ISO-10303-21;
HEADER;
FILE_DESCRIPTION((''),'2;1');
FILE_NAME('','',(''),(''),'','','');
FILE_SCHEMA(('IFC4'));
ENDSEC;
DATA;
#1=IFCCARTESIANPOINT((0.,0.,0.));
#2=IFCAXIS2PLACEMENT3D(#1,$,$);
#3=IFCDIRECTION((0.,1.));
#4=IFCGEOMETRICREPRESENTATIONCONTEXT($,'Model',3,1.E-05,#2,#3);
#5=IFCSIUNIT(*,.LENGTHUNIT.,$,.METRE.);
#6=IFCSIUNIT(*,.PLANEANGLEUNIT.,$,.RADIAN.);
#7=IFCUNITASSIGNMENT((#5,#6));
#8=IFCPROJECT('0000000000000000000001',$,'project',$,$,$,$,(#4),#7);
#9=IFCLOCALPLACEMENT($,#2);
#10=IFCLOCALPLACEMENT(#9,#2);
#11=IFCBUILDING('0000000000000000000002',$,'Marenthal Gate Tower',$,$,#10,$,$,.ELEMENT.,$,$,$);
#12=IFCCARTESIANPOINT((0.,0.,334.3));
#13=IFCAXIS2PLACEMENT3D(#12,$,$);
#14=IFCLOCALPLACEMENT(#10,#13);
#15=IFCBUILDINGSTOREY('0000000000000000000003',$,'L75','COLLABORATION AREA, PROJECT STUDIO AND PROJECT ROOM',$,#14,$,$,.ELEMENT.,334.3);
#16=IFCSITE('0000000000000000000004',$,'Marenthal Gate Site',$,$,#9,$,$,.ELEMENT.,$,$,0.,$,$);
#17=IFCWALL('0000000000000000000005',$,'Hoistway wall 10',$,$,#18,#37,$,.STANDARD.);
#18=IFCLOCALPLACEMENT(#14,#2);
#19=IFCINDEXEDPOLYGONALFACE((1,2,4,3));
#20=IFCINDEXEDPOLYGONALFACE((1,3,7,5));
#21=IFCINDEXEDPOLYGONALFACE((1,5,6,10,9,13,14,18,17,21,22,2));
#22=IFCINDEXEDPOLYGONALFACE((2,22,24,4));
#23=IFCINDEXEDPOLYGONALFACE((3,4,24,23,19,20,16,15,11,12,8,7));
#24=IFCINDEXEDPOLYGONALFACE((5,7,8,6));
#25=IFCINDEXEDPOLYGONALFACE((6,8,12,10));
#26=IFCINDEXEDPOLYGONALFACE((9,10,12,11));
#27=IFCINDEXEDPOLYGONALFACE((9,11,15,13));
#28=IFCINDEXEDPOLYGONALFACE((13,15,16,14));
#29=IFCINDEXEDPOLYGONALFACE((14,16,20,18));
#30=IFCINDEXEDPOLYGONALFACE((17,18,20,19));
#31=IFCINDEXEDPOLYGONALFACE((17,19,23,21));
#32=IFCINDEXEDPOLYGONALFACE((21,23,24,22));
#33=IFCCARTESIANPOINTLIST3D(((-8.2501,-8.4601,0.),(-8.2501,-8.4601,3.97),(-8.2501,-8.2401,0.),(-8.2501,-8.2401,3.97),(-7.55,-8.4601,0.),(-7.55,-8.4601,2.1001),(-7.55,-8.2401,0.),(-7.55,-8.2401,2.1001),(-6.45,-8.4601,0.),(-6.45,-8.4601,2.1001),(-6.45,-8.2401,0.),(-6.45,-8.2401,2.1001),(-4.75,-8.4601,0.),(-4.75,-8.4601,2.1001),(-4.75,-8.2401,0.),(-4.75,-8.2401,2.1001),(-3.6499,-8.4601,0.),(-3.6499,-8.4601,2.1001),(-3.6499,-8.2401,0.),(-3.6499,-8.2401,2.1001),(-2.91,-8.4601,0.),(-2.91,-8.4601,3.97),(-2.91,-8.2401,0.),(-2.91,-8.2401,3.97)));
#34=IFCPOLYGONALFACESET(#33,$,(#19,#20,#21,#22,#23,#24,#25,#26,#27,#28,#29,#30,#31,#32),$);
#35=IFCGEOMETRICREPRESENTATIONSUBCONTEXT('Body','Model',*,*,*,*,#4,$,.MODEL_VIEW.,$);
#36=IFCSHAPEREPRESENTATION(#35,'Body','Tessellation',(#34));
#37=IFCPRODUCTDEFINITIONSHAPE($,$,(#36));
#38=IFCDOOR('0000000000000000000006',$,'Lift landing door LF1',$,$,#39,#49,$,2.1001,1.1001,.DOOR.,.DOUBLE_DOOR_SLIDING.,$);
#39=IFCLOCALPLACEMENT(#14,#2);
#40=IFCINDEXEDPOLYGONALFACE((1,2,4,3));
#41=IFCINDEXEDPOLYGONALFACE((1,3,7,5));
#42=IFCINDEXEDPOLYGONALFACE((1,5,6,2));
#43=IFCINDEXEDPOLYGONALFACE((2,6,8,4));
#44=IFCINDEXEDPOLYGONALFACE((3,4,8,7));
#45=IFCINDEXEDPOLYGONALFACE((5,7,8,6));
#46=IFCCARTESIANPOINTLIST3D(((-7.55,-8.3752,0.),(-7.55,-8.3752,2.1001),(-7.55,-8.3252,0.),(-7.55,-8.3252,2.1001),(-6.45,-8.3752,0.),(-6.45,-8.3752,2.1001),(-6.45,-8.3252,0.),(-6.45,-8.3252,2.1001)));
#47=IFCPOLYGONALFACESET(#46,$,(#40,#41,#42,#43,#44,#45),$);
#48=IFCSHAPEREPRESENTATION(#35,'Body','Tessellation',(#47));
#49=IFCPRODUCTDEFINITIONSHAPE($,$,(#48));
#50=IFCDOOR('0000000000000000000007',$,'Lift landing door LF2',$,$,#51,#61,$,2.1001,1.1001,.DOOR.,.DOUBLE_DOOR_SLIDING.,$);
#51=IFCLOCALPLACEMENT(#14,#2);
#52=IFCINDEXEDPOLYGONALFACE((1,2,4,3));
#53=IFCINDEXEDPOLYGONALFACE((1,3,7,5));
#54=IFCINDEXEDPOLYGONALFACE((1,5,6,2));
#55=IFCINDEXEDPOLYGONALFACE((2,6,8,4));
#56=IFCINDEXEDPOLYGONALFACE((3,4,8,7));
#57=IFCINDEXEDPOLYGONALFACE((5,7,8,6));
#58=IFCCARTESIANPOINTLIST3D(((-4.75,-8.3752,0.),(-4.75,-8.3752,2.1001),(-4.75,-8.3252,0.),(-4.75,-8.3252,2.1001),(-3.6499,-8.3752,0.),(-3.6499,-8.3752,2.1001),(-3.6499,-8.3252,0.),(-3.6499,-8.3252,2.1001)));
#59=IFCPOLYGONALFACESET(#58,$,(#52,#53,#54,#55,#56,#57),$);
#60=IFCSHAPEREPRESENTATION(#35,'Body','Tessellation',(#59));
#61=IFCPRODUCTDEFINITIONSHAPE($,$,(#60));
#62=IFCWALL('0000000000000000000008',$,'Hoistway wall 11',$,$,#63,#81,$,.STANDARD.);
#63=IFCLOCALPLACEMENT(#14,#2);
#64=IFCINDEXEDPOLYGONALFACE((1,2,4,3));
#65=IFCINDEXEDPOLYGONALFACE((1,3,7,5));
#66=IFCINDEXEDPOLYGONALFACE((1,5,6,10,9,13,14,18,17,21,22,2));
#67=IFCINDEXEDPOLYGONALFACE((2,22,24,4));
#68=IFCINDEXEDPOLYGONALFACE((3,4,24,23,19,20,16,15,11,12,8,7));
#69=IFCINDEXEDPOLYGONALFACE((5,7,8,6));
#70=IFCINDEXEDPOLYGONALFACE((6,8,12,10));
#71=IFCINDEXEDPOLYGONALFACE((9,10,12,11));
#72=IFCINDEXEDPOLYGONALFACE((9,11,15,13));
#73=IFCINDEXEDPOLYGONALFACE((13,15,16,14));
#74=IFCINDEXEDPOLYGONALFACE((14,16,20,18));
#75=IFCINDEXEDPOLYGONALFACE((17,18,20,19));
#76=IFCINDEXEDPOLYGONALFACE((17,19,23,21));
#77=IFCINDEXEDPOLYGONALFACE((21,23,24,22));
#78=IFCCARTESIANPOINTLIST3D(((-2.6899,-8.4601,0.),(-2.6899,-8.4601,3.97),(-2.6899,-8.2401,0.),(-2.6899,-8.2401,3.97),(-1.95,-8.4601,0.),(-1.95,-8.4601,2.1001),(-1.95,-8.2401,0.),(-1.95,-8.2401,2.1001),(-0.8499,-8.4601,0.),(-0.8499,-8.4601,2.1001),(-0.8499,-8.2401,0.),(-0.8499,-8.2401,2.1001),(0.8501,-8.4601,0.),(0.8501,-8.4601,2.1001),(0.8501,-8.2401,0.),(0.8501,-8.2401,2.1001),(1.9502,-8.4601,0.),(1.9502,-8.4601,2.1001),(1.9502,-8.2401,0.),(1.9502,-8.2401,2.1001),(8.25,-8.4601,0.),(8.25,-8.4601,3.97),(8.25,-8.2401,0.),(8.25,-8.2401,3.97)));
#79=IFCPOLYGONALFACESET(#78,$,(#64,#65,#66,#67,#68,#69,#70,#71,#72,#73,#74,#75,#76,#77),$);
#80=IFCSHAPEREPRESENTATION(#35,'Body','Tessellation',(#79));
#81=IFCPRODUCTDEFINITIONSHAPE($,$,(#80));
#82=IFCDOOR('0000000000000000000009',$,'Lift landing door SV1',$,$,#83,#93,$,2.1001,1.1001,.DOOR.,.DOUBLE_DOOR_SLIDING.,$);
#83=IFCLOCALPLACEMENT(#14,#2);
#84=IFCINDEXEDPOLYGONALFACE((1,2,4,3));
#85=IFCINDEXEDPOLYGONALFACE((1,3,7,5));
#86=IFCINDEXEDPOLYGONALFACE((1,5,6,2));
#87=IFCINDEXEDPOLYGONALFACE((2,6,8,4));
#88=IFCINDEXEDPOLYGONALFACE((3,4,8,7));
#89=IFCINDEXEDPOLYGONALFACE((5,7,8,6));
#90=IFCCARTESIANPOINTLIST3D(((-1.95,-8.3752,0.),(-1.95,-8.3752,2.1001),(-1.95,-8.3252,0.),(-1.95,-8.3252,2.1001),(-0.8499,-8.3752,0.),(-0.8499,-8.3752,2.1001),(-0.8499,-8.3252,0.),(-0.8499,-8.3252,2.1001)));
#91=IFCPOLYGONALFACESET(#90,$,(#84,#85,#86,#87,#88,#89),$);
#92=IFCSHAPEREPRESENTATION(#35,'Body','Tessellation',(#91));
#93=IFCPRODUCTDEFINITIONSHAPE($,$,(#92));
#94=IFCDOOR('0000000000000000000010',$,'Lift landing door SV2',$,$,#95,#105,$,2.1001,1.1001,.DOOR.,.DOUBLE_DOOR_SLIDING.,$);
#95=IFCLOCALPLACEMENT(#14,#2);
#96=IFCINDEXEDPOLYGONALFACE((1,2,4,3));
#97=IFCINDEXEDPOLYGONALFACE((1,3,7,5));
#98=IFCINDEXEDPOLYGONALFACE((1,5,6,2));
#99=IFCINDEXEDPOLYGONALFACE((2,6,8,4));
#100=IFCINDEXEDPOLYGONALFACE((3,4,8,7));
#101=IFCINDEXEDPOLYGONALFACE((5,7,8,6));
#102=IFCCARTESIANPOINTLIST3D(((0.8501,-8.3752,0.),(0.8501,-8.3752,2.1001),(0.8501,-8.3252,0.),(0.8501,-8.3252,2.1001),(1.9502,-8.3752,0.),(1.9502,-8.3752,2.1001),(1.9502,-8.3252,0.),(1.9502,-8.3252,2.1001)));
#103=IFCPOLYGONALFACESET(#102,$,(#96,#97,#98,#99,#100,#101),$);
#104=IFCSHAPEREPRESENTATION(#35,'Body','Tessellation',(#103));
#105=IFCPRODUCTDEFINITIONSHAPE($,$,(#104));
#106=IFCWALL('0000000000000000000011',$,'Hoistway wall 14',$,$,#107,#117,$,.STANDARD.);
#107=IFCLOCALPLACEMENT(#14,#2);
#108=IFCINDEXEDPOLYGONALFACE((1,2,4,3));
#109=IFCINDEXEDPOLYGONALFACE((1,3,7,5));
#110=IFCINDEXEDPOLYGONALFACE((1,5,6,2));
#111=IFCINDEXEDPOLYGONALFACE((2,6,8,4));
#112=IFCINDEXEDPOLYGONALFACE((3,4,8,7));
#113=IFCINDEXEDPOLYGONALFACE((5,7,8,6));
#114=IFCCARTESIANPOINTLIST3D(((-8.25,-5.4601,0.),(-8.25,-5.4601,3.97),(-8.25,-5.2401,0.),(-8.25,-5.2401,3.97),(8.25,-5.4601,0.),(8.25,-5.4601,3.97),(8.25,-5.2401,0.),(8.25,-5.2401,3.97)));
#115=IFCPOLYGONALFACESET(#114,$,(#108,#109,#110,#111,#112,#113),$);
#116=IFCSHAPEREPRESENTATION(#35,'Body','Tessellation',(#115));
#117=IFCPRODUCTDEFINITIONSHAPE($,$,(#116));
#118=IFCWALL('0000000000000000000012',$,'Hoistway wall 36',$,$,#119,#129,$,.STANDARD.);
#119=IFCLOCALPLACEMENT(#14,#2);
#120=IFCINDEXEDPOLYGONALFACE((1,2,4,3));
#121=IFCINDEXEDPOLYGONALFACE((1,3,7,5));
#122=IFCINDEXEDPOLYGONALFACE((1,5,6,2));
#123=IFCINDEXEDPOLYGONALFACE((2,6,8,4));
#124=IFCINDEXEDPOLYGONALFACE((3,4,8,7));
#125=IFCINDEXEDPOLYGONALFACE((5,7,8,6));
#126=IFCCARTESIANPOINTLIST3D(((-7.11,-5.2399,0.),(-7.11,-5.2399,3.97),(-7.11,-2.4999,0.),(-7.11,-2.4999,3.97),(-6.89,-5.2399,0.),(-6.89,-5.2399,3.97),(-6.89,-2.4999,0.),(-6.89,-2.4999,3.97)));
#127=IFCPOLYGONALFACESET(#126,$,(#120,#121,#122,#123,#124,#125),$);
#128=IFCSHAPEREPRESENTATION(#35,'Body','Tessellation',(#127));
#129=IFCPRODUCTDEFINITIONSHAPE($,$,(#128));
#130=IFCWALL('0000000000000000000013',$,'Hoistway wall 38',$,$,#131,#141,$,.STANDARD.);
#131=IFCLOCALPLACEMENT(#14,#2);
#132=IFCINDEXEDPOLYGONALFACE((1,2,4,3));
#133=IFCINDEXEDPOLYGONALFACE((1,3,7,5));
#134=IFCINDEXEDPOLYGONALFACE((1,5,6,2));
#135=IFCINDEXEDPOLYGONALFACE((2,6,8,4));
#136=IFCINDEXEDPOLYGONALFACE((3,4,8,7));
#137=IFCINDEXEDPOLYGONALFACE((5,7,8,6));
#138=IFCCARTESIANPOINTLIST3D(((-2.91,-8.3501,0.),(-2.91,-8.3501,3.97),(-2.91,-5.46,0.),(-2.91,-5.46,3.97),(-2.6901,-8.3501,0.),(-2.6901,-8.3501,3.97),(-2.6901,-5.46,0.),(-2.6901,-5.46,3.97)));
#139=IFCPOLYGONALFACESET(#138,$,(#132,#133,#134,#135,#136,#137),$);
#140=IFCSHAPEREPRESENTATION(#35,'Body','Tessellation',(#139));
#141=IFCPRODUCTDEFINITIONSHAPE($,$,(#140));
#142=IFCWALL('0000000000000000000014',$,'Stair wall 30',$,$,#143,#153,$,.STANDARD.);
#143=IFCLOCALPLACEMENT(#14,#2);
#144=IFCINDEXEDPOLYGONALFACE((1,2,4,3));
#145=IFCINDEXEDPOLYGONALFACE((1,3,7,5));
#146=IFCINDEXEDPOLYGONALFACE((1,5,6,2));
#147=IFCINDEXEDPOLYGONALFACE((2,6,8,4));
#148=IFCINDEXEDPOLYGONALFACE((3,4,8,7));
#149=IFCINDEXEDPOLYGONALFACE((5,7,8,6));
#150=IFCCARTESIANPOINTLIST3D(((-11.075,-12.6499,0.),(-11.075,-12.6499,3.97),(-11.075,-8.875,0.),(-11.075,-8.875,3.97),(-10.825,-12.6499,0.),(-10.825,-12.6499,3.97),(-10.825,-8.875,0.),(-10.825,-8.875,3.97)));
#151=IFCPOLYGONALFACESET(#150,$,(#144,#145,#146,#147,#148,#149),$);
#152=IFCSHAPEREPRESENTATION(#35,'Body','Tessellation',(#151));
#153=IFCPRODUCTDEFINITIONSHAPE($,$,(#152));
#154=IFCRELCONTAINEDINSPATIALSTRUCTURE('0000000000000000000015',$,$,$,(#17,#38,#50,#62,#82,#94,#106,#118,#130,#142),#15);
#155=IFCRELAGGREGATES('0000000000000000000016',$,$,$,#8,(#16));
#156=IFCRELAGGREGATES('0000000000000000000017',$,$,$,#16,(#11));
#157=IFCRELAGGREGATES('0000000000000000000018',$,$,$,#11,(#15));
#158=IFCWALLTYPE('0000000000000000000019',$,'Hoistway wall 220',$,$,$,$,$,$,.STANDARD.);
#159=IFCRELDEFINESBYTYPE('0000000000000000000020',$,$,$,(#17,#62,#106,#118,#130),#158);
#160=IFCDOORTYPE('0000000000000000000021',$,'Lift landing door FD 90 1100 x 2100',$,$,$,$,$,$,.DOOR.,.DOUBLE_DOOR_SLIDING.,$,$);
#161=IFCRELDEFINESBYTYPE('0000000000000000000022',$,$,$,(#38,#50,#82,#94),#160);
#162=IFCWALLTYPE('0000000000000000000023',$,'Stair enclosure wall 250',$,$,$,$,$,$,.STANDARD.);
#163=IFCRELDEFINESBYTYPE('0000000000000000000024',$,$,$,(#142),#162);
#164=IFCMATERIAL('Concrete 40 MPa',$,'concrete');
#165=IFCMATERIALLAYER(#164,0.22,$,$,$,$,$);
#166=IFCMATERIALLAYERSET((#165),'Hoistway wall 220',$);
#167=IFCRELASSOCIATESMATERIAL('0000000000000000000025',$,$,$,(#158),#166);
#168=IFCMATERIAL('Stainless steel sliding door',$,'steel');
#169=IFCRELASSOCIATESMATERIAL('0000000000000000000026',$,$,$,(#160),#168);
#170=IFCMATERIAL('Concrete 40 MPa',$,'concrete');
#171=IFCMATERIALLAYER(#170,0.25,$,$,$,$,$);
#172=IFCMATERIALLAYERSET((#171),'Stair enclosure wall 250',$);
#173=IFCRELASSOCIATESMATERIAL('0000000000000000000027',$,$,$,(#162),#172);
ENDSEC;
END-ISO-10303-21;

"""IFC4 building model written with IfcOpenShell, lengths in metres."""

from ifc_helpers import new_model, si_unit, direction, frame, frame_2d, origin, place, context, subcontext, project, spatial, rectangle, extrude, material, layer, layer_set, type_object, element, fill, save


model = new_model("IFC4")

# Units and contexts
model_context = context("Model", 3, precision=1e-05, world=origin(), true_north=direction((0.0, 1.0)))
body_context = subcontext(model_context, "Body", "Model", "MODEL_VIEW")
ifc_project = project(units=[si_unit("LENGTHUNIT", "METRE"), si_unit("PLANEANGLEUNIT", "RADIAN")], contexts=[model_context])

# Site, building, storey
site_placement = place(None, origin())
site = spatial("IfcSite", under=ifc_project, at=site_placement, Name="Marenthal Gate Site", CompositionType="ELEMENT", RefElevation=0.0)
building_placement = place(site_placement, origin())
building = spatial("IfcBuilding", under=site, at=building_placement, Name="Marenthal Gate Tower", CompositionType="ELEMENT")
storey_placement = place(building_placement, frame((0.0, 0.0, 334.3)))
storey = spatial("IfcBuildingStorey", under=building, at=storey_placement, Name="L75", Description="COLLABORATION AREA, PROJECT STUDIO AND PROJECT ROOM", CompositionType="ELEMENT", Elevation=334.3)

# Walls, openings, doors
ifc_material_1 = material(Name="Concrete 40 MPa", Category="concrete")
ifc_layer_1 = layer(ifc_material_1, 0.22)
ifc_layer_set_1 = layer_set([ifc_layer_1], Name="Hoistway wall 220")
wall_type_1 = type_object("IfcWallType", Name="Hoistway wall 220", PredefinedType="STANDARD", material=ifc_layer_set_1)
wall_1_placement = place(storey_placement, frame((-8.25, -8.3501, 0.0), z_axis=(0.0, 0.0, 1.0), x_axis=(1.0, 0.0, 0.0)))
wall_1 = element("IfcWall", 1, at=wall_1_placement, inside=storey, type_object=wall_type_1, Name="Hoistway wall 10", PredefinedType="STANDARD", context=body_context, shape_type="SweptSolid", body=[
    extrude(rectangle(XDim=5.3401, YDim=0.22, at=frame_2d((2.6699, 0.0))), origin(), (0.0, 0.0, 1.0), 3.97),
])
opening_1_placement = place(wall_1_placement, frame((0.7, 0.0, 0.0)))
opening_1 = element("IfcOpeningElement", 2, at=opening_1_placement, cuts=wall_1, PredefinedType="OPENING", context=body_context, shape_type="SweptSolid", body=[
    extrude(rectangle(XDim=1.1001, YDim=2.1001, at=frame_2d((0.55, 1.05))), frame((0.0, 0.1201, 0.0), z_axis=(0.0, -1.0, 0.0), x_axis=(1.0, 0.0, 0.0)), (0.0, 0.0, 1.0), 0.24),
])
opening_2_placement = place(wall_1_placement, frame((3.5, 0.0, 0.0)))
opening_2 = element("IfcOpeningElement", 3, at=opening_2_placement, cuts=wall_1, PredefinedType="OPENING", context=body_context, shape_type="SweptSolid", body=[
    extrude(rectangle(XDim=1.1001, YDim=2.1001, at=frame_2d((0.55, 1.05))), frame((0.0, 0.1201, 0.0), z_axis=(0.0, -1.0, 0.0), x_axis=(1.0, 0.0, 0.0)), (0.0, 0.0, 1.0), 0.24),
])
ifc_material_2 = material(Name="Stainless steel sliding door", Category="steel")
door_type_1 = type_object("IfcDoorType", Name="Lift landing door FD 90 1100 x 2100", OperationType="DOUBLE_DOOR_SLIDING", PredefinedType="DOOR", material=ifc_material_2)
door_1_placement = place(opening_1_placement, origin())
door_1 = element("IfcDoor", 4, at=door_1_placement, inside=storey, type_object=door_type_1, Name="Lift landing door LF1", OperationType="DOUBLE_DOOR_SLIDING", OverallHeight=2.1001, OverallWidth=1.1001, PredefinedType="DOOR", context=body_context, shape_type="SweptSolid", body=[
    extrude(rectangle(XDim=1.1001, YDim=2.1001, at=frame_2d((0.55, 1.05))), frame((0.0, 0.0249, 0.0), z_axis=(0.0, -1.0, 0.0), x_axis=(1.0, 0.0, 0.0)), (0.0, 0.0, 1.0), 0.05),
])
fill(opening_1, door_1)
door_2_placement = place(opening_2_placement, origin())
door_2 = element("IfcDoor", 5, at=door_2_placement, inside=storey, type_object=door_type_1, Name="Lift landing door LF2", OperationType="DOUBLE_DOOR_SLIDING", OverallHeight=2.1001, OverallWidth=1.1001, PredefinedType="DOOR", context=body_context, shape_type="SweptSolid", body=[
    extrude(rectangle(XDim=1.1001, YDim=2.1001, at=frame_2d((0.55, 1.05))), frame((0.0, 0.0249, 0.0), z_axis=(0.0, -1.0, 0.0), x_axis=(1.0, 0.0, 0.0)), (0.0, 0.0, 1.0), 0.05),
])
fill(opening_2, door_2)
wall_2_placement = place(storey_placement, frame((-2.6899, -8.3501, 0.0), z_axis=(0.0, 0.0, 1.0), x_axis=(1.0, 0.0, 0.0)))
wall_2 = element("IfcWall", 6, at=wall_2_placement, inside=storey, type_object=wall_type_1, Name="Hoistway wall 11", PredefinedType="STANDARD", context=body_context, shape_type="SweptSolid", body=[
    extrude(rectangle(XDim=10.9399, YDim=0.22, at=frame_2d((5.47, 0.0))), origin(), (0.0, 0.0, 1.0), 3.97),
])
opening_3_placement = place(wall_2_placement, frame((0.74, 0.0, 0.0)))
opening_3 = element("IfcOpeningElement", 7, at=opening_3_placement, cuts=wall_2, PredefinedType="OPENING", context=body_context, shape_type="SweptSolid", body=[
    extrude(rectangle(XDim=1.1001, YDim=2.1001, at=frame_2d((0.55, 1.05))), frame((0.0, 0.1201, 0.0), z_axis=(0.0, -1.0, 0.0), x_axis=(1.0, 0.0, 0.0)), (0.0, 0.0, 1.0), 0.24),
])
opening_4_placement = place(wall_2_placement, frame((3.54, 0.0, 0.0)))
opening_4 = element("IfcOpeningElement", 8, at=opening_4_placement, cuts=wall_2, PredefinedType="OPENING", context=body_context, shape_type="SweptSolid", body=[
    extrude(rectangle(XDim=1.1001, YDim=2.1001, at=frame_2d((0.55, 1.05))), frame((0.0, 0.1201, 0.0), z_axis=(0.0, -1.0, 0.0), x_axis=(1.0, 0.0, 0.0)), (0.0, 0.0, 1.0), 0.24),
])
door_3_placement = place(opening_3_placement, origin())
door_3 = element("IfcDoor", 9, at=door_3_placement, inside=storey, type_object=door_type_1, Name="Lift landing door SV1", OperationType="DOUBLE_DOOR_SLIDING", OverallHeight=2.1001, OverallWidth=1.1001, PredefinedType="DOOR", context=body_context, shape_type="SweptSolid", body=[
    extrude(rectangle(XDim=1.1001, YDim=2.1001, at=frame_2d((0.55, 1.05))), frame((0.0, 0.0249, 0.0), z_axis=(0.0, -1.0, 0.0), x_axis=(1.0, 0.0, 0.0)), (0.0, 0.0, 1.0), 0.05),
])
fill(opening_3, door_3)
door_4_placement = place(opening_4_placement, origin())
door_4 = element("IfcDoor", 10, at=door_4_placement, inside=storey, type_object=door_type_1, Name="Lift landing door SV2", OperationType="DOUBLE_DOOR_SLIDING", OverallHeight=2.1001, OverallWidth=1.1001, PredefinedType="DOOR", context=body_context, shape_type="SweptSolid", body=[
    extrude(rectangle(XDim=1.1001, YDim=2.1001, at=frame_2d((0.55, 1.05))), frame((0.0, 0.0249, 0.0), z_axis=(0.0, -1.0, 0.0), x_axis=(1.0, 0.0, 0.0)), (0.0, 0.0, 1.0), 0.05),
])
fill(opening_4, door_4)

# Walls
wall_3_placement = place(storey_placement, frame((-8.25, -5.3501, 0.0), z_axis=(0.0, 0.0, 1.0), x_axis=(1.0, 0.0, 0.0)))
element("IfcWall", 11, at=wall_3_placement, inside=storey, type_object=wall_type_1, Name="Hoistway wall 14", PredefinedType="STANDARD", context=body_context, shape_type="SweptSolid", body=[
    extrude(rectangle(XDim=16.5, YDim=0.22, at=frame_2d((8.25, 0.0))), origin(), (0.0, 0.0, 1.0), 3.97),
])
wall_4_placement = place(storey_placement, frame((-7.0, -5.24, 0.0), z_axis=(0.0, 0.0, 1.0), x_axis=(0.0, 1.0, 0.0)))
element("IfcWall", 12, at=wall_4_placement, inside=storey, type_object=wall_type_1, Name="Hoistway wall 36", PredefinedType="STANDARD", context=body_context, shape_type="SweptSolid", body=[
    extrude(rectangle(XDim=2.74, YDim=0.22, at=frame_2d((1.3701, 0.0))), origin(), (0.0, 0.0, 1.0), 3.97),
])
wall_5_placement = place(storey_placement, frame((-2.8, -8.3501, 0.0), z_axis=(0.0, 0.0, 1.0), x_axis=(0.0, 1.0, 0.0)))
element("IfcWall", 13, at=wall_5_placement, inside=storey, type_object=wall_type_1, Name="Hoistway wall 38", PredefinedType="STANDARD", context=body_context, shape_type="SweptSolid", body=[
    extrude(rectangle(XDim=2.8901, YDim=0.22, at=frame_2d((1.4451, 0.0))), origin(), (0.0, 0.0, 1.0), 3.97),
])
ifc_material_3 = material(Name="Concrete 40 MPa", Category="concrete")
ifc_layer_2 = layer(ifc_material_3, 0.25)
ifc_layer_set_2 = layer_set([ifc_layer_2], Name="Stair enclosure wall 250")
wall_type_2 = type_object("IfcWallType", Name="Stair enclosure wall 250", PredefinedType="STANDARD", material=ifc_layer_set_2)
wall_6_placement = place(storey_placement, frame((-10.95, -12.6499, 0.0), z_axis=(0.0, 0.0, 1.0), x_axis=(0.0, 1.0, 0.0)))
element("IfcWall", 14, at=wall_6_placement, inside=storey, type_object=wall_type_2, Name="Stair wall 30", PredefinedType="STANDARD", context=body_context, shape_type="SweptSolid", body=[
    extrude(rectangle(XDim=3.7749, YDim=0.25, at=frame_2d((1.8875, 0.0))), origin(), (0.0, 0.0, 1.0), 3.97),
])

save(model, "model.ifc")
